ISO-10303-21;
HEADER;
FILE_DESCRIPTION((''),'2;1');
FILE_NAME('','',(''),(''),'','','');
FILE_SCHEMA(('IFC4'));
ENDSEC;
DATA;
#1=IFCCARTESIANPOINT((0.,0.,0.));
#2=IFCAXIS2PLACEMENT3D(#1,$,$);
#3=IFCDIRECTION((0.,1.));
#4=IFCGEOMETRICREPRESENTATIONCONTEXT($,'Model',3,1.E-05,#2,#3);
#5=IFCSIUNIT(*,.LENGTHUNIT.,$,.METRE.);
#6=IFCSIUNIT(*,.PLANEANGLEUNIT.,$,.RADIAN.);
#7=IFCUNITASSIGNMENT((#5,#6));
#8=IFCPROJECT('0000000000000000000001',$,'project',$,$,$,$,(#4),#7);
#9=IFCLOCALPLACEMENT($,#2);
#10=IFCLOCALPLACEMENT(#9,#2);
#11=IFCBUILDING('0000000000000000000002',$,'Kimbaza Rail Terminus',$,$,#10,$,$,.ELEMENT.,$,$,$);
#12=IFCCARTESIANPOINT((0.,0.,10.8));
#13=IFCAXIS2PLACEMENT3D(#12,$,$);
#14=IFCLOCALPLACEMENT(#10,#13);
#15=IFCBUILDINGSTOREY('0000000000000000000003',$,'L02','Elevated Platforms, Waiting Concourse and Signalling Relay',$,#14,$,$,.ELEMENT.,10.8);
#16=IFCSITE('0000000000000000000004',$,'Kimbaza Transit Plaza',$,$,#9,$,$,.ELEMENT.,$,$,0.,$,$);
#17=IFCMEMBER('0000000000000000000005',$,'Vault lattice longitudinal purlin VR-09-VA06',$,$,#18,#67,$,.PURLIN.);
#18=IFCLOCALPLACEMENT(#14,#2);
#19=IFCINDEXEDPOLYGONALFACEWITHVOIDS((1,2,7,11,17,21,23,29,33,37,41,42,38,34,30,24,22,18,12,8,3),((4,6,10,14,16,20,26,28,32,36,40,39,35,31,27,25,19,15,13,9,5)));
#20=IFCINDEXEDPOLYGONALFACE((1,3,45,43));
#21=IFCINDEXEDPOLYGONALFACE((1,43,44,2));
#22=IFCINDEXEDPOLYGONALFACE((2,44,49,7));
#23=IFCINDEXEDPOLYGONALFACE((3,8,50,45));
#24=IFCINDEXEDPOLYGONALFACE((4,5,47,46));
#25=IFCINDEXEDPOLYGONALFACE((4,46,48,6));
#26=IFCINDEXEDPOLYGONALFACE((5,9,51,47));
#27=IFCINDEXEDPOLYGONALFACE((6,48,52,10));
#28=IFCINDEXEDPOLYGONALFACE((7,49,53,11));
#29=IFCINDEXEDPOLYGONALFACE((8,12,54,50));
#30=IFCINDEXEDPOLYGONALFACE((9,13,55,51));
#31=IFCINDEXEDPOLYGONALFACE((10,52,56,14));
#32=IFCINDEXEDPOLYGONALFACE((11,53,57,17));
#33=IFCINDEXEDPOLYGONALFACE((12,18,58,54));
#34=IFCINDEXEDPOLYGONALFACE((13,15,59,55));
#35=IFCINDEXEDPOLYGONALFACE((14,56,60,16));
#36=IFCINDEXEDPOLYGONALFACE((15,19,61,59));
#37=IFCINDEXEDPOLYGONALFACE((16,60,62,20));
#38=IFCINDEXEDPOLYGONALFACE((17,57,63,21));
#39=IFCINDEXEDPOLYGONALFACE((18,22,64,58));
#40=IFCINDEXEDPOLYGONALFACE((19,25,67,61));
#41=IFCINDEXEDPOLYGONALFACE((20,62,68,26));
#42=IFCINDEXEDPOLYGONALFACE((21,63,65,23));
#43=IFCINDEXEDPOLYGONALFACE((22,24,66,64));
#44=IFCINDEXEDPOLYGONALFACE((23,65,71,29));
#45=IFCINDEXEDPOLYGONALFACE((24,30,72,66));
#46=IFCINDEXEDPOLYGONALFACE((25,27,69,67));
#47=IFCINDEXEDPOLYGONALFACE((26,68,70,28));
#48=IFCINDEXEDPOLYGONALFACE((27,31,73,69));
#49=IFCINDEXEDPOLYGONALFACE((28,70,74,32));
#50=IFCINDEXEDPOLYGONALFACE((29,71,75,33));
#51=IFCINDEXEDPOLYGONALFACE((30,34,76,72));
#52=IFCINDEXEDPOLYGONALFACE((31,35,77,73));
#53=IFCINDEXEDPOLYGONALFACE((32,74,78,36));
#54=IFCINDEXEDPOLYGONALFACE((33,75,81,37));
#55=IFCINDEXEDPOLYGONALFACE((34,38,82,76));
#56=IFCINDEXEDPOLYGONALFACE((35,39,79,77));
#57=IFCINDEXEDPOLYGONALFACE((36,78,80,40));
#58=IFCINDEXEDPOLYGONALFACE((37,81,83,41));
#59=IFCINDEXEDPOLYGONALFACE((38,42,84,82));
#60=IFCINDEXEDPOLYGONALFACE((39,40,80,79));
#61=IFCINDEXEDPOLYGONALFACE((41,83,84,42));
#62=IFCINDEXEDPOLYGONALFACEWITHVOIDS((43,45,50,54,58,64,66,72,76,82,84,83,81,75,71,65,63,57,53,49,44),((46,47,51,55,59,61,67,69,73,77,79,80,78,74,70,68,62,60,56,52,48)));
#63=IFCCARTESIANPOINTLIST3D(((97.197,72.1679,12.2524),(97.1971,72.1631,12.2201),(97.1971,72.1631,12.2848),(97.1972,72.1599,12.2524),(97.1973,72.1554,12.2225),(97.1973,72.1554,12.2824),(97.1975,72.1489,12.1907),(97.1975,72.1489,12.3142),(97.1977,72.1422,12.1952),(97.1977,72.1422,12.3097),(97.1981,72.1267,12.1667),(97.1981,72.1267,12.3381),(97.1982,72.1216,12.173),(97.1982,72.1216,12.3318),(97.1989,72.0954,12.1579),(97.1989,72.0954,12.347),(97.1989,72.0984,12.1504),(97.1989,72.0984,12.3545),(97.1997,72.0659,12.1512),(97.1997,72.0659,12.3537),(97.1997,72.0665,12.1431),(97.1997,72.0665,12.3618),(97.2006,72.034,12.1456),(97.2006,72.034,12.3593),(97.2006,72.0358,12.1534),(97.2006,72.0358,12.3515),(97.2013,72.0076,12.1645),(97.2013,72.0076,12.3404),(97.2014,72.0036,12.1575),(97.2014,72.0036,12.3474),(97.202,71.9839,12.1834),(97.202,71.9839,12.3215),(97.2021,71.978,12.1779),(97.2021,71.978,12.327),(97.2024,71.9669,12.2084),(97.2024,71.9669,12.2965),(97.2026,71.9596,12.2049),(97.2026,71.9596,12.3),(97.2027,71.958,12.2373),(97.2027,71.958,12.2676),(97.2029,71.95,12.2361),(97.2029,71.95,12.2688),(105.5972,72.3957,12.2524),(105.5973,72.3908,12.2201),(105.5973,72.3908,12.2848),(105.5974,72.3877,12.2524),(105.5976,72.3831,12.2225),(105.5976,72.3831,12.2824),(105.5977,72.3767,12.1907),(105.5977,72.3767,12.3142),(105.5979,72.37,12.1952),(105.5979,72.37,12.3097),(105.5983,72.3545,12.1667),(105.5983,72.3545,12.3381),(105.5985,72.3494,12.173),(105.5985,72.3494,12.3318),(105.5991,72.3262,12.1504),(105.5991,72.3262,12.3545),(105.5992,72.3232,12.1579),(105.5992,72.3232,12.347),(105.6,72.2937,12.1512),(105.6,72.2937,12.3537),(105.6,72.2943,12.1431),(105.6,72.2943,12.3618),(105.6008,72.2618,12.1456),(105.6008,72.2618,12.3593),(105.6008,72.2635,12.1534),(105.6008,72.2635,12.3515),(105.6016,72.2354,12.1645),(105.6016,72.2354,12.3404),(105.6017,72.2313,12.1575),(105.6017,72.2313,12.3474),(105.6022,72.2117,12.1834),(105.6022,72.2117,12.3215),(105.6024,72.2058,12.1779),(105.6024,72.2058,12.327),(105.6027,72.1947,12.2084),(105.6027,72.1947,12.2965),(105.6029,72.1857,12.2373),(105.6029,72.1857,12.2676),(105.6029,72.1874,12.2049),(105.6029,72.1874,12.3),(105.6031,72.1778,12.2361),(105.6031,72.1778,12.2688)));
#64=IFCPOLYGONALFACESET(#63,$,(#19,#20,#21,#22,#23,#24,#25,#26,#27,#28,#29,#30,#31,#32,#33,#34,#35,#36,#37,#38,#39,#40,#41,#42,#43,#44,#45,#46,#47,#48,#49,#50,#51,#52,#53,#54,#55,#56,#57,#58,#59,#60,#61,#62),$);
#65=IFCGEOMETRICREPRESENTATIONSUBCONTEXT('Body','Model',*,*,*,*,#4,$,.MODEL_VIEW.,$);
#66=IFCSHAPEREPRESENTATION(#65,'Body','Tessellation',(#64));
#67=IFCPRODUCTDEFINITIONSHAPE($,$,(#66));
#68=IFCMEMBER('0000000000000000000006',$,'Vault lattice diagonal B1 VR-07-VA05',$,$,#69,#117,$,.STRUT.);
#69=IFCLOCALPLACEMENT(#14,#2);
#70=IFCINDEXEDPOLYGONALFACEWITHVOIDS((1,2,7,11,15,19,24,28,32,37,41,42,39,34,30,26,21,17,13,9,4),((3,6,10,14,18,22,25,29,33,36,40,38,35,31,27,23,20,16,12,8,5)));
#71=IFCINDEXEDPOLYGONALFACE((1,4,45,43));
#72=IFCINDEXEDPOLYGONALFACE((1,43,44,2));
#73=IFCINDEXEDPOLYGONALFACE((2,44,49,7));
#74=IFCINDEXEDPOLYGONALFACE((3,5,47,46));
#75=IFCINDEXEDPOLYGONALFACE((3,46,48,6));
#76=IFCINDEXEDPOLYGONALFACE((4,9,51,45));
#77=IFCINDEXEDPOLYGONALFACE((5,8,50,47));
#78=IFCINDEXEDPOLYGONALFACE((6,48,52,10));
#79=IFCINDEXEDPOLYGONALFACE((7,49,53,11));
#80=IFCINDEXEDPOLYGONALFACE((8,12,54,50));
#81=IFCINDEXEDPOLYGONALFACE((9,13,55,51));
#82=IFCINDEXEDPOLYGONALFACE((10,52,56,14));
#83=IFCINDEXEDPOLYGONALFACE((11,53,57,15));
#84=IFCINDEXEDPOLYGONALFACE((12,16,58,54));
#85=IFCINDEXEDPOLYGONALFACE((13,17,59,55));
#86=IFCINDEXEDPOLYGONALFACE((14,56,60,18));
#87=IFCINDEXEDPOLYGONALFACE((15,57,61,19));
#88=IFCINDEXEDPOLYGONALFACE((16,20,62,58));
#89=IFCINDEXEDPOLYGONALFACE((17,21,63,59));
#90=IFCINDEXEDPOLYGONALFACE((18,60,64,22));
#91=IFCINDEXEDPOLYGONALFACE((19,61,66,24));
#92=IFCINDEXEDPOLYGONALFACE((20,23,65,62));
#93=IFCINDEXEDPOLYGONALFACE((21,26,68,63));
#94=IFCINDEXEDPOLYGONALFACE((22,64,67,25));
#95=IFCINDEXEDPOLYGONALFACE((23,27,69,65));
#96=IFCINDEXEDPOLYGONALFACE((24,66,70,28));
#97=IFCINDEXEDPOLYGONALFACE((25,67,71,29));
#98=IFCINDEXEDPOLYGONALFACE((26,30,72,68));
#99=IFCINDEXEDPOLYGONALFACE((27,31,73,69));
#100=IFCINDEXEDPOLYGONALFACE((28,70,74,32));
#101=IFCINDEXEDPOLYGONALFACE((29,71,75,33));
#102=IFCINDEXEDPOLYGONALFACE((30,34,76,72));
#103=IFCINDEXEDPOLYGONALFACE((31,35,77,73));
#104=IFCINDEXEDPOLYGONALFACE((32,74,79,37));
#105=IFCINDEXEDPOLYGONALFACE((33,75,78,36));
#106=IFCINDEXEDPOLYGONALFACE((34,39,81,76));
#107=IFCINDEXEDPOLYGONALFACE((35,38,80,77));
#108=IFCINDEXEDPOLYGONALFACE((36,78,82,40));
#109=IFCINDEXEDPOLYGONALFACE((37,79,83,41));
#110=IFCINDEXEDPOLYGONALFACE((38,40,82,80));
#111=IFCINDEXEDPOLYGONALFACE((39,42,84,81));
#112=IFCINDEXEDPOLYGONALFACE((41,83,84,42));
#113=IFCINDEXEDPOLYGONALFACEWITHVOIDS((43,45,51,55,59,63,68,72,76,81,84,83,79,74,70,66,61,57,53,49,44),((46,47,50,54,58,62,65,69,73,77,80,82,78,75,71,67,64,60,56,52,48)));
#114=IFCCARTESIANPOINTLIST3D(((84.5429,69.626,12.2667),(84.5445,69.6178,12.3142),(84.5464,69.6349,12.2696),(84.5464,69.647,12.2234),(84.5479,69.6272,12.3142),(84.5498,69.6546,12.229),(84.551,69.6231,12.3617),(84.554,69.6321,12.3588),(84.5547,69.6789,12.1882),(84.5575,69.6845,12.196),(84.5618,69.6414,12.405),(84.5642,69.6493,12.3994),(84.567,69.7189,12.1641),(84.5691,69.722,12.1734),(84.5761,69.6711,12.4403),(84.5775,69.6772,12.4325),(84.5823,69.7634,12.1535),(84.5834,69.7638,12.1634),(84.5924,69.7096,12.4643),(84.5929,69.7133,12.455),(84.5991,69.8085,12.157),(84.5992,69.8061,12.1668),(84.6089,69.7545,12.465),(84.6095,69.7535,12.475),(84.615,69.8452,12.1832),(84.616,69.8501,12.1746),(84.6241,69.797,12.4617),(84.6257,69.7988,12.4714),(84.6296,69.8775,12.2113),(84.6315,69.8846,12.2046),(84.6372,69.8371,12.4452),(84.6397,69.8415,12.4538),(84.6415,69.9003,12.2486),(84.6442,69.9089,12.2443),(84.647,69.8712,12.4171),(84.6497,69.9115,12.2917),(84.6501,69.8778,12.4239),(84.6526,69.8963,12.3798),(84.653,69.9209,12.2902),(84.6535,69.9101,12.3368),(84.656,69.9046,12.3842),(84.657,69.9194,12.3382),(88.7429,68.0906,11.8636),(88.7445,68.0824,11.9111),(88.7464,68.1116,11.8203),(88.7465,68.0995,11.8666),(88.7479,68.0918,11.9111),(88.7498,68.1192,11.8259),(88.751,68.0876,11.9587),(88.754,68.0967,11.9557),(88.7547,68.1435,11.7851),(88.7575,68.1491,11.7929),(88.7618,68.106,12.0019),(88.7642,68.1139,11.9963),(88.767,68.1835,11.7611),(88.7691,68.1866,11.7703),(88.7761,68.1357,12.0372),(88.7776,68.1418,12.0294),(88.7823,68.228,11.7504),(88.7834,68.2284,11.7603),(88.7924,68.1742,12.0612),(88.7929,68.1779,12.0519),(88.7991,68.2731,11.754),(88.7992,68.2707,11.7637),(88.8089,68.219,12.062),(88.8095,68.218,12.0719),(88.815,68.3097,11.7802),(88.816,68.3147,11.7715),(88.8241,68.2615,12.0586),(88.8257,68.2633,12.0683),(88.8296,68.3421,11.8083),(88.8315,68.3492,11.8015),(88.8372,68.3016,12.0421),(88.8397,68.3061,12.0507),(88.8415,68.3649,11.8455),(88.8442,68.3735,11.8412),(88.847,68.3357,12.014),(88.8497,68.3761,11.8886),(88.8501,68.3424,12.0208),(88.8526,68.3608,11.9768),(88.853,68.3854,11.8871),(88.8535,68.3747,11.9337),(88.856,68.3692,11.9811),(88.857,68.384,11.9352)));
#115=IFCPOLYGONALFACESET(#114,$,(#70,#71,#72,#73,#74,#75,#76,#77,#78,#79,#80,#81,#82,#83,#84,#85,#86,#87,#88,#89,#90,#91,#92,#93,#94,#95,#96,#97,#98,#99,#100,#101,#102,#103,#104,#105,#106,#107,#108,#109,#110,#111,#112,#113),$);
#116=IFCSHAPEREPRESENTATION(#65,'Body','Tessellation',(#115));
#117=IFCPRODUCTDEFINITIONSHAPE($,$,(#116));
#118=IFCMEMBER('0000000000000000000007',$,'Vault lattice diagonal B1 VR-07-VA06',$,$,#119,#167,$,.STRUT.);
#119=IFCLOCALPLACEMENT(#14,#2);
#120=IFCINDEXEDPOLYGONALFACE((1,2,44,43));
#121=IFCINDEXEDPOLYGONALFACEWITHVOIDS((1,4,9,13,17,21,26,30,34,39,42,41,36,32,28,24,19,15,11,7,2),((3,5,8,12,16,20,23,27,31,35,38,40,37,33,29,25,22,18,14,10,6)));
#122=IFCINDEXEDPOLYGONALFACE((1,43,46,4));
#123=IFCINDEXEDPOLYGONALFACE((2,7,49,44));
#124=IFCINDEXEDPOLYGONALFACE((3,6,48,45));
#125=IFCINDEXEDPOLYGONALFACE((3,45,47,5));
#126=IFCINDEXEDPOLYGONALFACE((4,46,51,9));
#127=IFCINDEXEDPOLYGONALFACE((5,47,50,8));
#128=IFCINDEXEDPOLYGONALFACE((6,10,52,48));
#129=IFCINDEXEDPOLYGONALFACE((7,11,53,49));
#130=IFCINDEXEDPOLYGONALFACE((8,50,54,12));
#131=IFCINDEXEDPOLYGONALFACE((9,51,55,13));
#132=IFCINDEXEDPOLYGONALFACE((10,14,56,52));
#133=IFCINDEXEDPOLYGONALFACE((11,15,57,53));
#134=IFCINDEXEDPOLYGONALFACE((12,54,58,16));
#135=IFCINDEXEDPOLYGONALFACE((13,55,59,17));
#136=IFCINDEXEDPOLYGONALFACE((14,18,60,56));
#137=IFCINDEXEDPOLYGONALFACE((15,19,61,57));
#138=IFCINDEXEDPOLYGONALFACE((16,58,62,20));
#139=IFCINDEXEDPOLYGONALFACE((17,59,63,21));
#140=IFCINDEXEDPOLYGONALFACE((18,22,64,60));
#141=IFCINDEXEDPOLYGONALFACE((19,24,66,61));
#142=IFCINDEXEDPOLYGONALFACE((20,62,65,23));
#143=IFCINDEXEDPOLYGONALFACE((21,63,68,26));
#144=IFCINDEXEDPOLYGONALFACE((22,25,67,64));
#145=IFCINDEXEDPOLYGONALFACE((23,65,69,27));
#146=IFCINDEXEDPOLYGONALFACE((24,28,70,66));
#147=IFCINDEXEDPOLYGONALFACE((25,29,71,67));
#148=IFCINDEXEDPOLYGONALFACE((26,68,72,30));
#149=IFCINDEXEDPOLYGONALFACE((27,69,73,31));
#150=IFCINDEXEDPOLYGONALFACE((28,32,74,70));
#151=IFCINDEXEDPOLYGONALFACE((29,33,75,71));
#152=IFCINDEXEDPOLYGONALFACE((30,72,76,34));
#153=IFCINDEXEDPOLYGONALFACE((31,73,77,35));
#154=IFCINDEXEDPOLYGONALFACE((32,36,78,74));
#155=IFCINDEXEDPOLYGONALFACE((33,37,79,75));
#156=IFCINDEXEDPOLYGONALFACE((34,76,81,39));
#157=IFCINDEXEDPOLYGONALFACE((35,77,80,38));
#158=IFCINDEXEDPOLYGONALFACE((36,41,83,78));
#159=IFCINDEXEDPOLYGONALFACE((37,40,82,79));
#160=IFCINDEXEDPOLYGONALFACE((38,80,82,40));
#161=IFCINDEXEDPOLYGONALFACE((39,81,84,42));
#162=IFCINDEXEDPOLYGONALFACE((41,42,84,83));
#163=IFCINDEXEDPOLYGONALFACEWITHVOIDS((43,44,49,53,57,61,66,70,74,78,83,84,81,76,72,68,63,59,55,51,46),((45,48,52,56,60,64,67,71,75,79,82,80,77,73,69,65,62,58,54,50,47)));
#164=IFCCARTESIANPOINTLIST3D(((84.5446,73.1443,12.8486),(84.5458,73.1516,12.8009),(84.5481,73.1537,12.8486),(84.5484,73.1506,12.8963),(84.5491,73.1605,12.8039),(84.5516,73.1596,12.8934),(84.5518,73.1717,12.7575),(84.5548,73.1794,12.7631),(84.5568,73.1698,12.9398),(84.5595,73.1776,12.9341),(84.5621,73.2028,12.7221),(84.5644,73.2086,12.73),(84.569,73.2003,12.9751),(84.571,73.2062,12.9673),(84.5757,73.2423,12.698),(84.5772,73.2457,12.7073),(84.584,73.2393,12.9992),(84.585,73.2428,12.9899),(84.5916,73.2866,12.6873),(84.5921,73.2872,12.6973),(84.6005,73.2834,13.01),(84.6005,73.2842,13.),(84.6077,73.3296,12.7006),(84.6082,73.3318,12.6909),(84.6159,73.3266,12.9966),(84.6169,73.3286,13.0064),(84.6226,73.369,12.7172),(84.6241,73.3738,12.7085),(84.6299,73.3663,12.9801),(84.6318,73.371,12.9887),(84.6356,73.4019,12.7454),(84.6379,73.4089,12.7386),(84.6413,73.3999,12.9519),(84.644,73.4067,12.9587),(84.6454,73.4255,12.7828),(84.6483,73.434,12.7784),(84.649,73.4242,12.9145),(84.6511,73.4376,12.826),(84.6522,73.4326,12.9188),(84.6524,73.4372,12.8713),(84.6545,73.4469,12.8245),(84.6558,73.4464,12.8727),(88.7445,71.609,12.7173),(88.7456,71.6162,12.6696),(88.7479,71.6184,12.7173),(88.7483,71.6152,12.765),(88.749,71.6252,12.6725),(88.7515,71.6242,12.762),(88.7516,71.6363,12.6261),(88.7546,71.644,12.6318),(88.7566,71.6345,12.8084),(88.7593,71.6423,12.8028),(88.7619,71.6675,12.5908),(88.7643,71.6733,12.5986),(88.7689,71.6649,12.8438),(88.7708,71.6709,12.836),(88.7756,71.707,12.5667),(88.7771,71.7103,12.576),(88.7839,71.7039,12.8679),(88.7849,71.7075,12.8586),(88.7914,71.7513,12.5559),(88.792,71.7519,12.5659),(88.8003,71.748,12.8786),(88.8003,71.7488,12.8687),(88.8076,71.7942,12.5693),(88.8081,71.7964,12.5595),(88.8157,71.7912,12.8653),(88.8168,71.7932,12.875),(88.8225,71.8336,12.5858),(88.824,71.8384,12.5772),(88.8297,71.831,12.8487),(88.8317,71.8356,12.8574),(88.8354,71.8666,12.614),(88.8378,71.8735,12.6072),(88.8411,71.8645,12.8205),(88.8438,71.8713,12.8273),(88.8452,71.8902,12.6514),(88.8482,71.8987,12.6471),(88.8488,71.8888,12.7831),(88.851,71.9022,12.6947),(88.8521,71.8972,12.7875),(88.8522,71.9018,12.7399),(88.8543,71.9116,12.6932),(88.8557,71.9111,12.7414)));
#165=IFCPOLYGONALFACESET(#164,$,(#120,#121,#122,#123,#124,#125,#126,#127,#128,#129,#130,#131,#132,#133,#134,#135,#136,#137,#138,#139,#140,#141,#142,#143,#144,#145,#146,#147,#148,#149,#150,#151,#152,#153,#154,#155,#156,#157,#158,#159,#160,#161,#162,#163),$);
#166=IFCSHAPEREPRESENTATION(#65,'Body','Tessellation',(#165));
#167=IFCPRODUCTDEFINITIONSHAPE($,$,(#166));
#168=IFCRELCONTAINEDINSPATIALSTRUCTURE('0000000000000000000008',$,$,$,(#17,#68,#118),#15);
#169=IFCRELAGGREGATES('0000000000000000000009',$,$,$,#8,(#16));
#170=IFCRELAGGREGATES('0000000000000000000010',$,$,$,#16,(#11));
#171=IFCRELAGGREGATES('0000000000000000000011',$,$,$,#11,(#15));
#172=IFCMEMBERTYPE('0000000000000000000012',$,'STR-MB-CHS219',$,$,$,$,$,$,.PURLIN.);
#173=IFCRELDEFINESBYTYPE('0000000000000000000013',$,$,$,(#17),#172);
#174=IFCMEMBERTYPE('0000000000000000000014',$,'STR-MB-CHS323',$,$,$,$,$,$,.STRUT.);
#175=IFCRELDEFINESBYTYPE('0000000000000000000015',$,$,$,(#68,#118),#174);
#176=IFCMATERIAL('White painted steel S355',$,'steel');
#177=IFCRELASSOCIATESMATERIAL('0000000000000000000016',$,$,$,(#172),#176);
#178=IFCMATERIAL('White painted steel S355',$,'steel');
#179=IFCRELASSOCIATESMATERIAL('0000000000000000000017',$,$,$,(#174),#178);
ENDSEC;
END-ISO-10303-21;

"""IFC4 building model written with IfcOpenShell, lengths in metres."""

from ifc_helpers import new_model, si_unit, direction, frame, origin, origin_2d, place, context, subcontext, project, spatial, hollow_circle, extrude, material, material_profile, profile_set, type_object, element, save


model = new_model("IFC4")

# Units and contexts
model_context = context("Model", 3, precision=1e-05, world=origin(), true_north=direction((0.0, 1.0)))
body_context = subcontext(model_context, "Body", "Model", "MODEL_VIEW")
ifc_project = project(units=[si_unit("LENGTHUNIT", "METRE"), si_unit("PLANEANGLEUNIT", "RADIAN")], contexts=[model_context])

# Site, building, storey
site_placement = place(None, origin())
site = spatial("IfcSite", under=ifc_project, at=site_placement, Name="Kimbaza Transit Plaza", CompositionType="ELEMENT", RefElevation=0.0)
building_placement = place(site_placement, origin())
building = spatial("IfcBuilding", under=site, at=building_placement, Name="Kimbaza Rail Terminus", CompositionType="ELEMENT")
storey_placement = place(building_placement, frame((0.0, 0.0, 10.8)))
storey = spatial("IfcBuildingStorey", under=building, at=storey_placement, Name="L02", Description="Elevated Platforms, Waiting Concourse and Signalling Relay", CompositionType="ELEMENT", Elevation=10.8)

# Members
ifc_material_1 = material(Name="White painted steel S355", Category="steel")
ifc_material_profile_1 = material_profile(ifc_material_1, hollow_circle(Radius=0.1096, WallThickness=0.0081, at=origin_2d()), Name="CHS 219.1x8")
ifc_profile_set_1 = profile_set([ifc_material_profile_1], Name="White painted steel S355")
member_type_1 = type_object("IfcMemberType", Name="STR-MB-CHS219", PredefinedType="PURLIN", material=ifc_profile_set_1)
for number, where, z_axis, x_axis, name in (
    (1, (97.2, 72.0583, 12.2524), (0.999633, 0.027107, 0.0), (-0.027107, 0.999633, 0.0), "Vault lattice longitudinal purlin VR-09-VA06"),
):
    element("IfcMember", number, at=place(storey_placement, frame(where, z_axis=z_axis, x_axis=x_axis)), inside=storey, type_object=member_type_1, Name=name, PredefinedType="PURLIN", context=body_context, shape_type="SweptSolid", body=[
        extrude(hollow_circle(Radius=0.1096, WallThickness=0.0081, at=origin_2d()), origin(), (0.0, 0.0, 1.0), 8.4033),
    ])
ifc_material_2 = material(Name="White painted steel S355", Category="steel")
ifc_material_profile_2 = material_profile(ifc_material_2, hollow_circle(Radius=0.1619, WallThickness=0.01, at=origin_2d()), Name="CHS 323.9x10")
ifc_profile_set_2 = profile_set([ifc_material_profile_2], Name="White painted steel S355")
member_type_2 = type_object("IfcMemberType", Name="STR-MB-CHS323", PredefinedType="STRUT", material=ifc_profile_set_2)
member_1_placement = place(storey_placement, frame((88.8, 68.2344, 11.9111), z_axis=(-0.935415, 0.341965, 0.089773), x_axis=(-0.343351, -0.939207, 0.0)))
element("IfcMember", 2, at=member_1_placement, inside=storey, type_object=member_type_2, Name="Vault lattice diagonal B1 VR-07-VA05", PredefinedType="STRUT", context=body_context, shape_type="SweptSolid", body=[
    extrude(hollow_circle(Radius=0.1619, WallThickness=0.01, at=origin_2d()), origin(), (0.0, 0.0, 1.0), 4.49),
])
member_2_placement = place(storey_placement, frame((88.8, 71.761, 12.7173), z_axis=(-0.938802, 0.343203, 0.02936), x_axis=(-0.343351, -0.939207, 0.0)))
element("IfcMember", 3, at=member_2_placement, inside=storey, type_object=member_type_2, Name="Vault lattice diagonal B1 VR-07-VA06", PredefinedType="STRUT", context=body_context, shape_type="SweptSolid", body=[
    extrude(hollow_circle(Radius=0.1619, WallThickness=0.01, at=origin_2d()), origin(), (0.0, 0.0, 1.0), 4.4736),
])

save(model, "model.ifc")
